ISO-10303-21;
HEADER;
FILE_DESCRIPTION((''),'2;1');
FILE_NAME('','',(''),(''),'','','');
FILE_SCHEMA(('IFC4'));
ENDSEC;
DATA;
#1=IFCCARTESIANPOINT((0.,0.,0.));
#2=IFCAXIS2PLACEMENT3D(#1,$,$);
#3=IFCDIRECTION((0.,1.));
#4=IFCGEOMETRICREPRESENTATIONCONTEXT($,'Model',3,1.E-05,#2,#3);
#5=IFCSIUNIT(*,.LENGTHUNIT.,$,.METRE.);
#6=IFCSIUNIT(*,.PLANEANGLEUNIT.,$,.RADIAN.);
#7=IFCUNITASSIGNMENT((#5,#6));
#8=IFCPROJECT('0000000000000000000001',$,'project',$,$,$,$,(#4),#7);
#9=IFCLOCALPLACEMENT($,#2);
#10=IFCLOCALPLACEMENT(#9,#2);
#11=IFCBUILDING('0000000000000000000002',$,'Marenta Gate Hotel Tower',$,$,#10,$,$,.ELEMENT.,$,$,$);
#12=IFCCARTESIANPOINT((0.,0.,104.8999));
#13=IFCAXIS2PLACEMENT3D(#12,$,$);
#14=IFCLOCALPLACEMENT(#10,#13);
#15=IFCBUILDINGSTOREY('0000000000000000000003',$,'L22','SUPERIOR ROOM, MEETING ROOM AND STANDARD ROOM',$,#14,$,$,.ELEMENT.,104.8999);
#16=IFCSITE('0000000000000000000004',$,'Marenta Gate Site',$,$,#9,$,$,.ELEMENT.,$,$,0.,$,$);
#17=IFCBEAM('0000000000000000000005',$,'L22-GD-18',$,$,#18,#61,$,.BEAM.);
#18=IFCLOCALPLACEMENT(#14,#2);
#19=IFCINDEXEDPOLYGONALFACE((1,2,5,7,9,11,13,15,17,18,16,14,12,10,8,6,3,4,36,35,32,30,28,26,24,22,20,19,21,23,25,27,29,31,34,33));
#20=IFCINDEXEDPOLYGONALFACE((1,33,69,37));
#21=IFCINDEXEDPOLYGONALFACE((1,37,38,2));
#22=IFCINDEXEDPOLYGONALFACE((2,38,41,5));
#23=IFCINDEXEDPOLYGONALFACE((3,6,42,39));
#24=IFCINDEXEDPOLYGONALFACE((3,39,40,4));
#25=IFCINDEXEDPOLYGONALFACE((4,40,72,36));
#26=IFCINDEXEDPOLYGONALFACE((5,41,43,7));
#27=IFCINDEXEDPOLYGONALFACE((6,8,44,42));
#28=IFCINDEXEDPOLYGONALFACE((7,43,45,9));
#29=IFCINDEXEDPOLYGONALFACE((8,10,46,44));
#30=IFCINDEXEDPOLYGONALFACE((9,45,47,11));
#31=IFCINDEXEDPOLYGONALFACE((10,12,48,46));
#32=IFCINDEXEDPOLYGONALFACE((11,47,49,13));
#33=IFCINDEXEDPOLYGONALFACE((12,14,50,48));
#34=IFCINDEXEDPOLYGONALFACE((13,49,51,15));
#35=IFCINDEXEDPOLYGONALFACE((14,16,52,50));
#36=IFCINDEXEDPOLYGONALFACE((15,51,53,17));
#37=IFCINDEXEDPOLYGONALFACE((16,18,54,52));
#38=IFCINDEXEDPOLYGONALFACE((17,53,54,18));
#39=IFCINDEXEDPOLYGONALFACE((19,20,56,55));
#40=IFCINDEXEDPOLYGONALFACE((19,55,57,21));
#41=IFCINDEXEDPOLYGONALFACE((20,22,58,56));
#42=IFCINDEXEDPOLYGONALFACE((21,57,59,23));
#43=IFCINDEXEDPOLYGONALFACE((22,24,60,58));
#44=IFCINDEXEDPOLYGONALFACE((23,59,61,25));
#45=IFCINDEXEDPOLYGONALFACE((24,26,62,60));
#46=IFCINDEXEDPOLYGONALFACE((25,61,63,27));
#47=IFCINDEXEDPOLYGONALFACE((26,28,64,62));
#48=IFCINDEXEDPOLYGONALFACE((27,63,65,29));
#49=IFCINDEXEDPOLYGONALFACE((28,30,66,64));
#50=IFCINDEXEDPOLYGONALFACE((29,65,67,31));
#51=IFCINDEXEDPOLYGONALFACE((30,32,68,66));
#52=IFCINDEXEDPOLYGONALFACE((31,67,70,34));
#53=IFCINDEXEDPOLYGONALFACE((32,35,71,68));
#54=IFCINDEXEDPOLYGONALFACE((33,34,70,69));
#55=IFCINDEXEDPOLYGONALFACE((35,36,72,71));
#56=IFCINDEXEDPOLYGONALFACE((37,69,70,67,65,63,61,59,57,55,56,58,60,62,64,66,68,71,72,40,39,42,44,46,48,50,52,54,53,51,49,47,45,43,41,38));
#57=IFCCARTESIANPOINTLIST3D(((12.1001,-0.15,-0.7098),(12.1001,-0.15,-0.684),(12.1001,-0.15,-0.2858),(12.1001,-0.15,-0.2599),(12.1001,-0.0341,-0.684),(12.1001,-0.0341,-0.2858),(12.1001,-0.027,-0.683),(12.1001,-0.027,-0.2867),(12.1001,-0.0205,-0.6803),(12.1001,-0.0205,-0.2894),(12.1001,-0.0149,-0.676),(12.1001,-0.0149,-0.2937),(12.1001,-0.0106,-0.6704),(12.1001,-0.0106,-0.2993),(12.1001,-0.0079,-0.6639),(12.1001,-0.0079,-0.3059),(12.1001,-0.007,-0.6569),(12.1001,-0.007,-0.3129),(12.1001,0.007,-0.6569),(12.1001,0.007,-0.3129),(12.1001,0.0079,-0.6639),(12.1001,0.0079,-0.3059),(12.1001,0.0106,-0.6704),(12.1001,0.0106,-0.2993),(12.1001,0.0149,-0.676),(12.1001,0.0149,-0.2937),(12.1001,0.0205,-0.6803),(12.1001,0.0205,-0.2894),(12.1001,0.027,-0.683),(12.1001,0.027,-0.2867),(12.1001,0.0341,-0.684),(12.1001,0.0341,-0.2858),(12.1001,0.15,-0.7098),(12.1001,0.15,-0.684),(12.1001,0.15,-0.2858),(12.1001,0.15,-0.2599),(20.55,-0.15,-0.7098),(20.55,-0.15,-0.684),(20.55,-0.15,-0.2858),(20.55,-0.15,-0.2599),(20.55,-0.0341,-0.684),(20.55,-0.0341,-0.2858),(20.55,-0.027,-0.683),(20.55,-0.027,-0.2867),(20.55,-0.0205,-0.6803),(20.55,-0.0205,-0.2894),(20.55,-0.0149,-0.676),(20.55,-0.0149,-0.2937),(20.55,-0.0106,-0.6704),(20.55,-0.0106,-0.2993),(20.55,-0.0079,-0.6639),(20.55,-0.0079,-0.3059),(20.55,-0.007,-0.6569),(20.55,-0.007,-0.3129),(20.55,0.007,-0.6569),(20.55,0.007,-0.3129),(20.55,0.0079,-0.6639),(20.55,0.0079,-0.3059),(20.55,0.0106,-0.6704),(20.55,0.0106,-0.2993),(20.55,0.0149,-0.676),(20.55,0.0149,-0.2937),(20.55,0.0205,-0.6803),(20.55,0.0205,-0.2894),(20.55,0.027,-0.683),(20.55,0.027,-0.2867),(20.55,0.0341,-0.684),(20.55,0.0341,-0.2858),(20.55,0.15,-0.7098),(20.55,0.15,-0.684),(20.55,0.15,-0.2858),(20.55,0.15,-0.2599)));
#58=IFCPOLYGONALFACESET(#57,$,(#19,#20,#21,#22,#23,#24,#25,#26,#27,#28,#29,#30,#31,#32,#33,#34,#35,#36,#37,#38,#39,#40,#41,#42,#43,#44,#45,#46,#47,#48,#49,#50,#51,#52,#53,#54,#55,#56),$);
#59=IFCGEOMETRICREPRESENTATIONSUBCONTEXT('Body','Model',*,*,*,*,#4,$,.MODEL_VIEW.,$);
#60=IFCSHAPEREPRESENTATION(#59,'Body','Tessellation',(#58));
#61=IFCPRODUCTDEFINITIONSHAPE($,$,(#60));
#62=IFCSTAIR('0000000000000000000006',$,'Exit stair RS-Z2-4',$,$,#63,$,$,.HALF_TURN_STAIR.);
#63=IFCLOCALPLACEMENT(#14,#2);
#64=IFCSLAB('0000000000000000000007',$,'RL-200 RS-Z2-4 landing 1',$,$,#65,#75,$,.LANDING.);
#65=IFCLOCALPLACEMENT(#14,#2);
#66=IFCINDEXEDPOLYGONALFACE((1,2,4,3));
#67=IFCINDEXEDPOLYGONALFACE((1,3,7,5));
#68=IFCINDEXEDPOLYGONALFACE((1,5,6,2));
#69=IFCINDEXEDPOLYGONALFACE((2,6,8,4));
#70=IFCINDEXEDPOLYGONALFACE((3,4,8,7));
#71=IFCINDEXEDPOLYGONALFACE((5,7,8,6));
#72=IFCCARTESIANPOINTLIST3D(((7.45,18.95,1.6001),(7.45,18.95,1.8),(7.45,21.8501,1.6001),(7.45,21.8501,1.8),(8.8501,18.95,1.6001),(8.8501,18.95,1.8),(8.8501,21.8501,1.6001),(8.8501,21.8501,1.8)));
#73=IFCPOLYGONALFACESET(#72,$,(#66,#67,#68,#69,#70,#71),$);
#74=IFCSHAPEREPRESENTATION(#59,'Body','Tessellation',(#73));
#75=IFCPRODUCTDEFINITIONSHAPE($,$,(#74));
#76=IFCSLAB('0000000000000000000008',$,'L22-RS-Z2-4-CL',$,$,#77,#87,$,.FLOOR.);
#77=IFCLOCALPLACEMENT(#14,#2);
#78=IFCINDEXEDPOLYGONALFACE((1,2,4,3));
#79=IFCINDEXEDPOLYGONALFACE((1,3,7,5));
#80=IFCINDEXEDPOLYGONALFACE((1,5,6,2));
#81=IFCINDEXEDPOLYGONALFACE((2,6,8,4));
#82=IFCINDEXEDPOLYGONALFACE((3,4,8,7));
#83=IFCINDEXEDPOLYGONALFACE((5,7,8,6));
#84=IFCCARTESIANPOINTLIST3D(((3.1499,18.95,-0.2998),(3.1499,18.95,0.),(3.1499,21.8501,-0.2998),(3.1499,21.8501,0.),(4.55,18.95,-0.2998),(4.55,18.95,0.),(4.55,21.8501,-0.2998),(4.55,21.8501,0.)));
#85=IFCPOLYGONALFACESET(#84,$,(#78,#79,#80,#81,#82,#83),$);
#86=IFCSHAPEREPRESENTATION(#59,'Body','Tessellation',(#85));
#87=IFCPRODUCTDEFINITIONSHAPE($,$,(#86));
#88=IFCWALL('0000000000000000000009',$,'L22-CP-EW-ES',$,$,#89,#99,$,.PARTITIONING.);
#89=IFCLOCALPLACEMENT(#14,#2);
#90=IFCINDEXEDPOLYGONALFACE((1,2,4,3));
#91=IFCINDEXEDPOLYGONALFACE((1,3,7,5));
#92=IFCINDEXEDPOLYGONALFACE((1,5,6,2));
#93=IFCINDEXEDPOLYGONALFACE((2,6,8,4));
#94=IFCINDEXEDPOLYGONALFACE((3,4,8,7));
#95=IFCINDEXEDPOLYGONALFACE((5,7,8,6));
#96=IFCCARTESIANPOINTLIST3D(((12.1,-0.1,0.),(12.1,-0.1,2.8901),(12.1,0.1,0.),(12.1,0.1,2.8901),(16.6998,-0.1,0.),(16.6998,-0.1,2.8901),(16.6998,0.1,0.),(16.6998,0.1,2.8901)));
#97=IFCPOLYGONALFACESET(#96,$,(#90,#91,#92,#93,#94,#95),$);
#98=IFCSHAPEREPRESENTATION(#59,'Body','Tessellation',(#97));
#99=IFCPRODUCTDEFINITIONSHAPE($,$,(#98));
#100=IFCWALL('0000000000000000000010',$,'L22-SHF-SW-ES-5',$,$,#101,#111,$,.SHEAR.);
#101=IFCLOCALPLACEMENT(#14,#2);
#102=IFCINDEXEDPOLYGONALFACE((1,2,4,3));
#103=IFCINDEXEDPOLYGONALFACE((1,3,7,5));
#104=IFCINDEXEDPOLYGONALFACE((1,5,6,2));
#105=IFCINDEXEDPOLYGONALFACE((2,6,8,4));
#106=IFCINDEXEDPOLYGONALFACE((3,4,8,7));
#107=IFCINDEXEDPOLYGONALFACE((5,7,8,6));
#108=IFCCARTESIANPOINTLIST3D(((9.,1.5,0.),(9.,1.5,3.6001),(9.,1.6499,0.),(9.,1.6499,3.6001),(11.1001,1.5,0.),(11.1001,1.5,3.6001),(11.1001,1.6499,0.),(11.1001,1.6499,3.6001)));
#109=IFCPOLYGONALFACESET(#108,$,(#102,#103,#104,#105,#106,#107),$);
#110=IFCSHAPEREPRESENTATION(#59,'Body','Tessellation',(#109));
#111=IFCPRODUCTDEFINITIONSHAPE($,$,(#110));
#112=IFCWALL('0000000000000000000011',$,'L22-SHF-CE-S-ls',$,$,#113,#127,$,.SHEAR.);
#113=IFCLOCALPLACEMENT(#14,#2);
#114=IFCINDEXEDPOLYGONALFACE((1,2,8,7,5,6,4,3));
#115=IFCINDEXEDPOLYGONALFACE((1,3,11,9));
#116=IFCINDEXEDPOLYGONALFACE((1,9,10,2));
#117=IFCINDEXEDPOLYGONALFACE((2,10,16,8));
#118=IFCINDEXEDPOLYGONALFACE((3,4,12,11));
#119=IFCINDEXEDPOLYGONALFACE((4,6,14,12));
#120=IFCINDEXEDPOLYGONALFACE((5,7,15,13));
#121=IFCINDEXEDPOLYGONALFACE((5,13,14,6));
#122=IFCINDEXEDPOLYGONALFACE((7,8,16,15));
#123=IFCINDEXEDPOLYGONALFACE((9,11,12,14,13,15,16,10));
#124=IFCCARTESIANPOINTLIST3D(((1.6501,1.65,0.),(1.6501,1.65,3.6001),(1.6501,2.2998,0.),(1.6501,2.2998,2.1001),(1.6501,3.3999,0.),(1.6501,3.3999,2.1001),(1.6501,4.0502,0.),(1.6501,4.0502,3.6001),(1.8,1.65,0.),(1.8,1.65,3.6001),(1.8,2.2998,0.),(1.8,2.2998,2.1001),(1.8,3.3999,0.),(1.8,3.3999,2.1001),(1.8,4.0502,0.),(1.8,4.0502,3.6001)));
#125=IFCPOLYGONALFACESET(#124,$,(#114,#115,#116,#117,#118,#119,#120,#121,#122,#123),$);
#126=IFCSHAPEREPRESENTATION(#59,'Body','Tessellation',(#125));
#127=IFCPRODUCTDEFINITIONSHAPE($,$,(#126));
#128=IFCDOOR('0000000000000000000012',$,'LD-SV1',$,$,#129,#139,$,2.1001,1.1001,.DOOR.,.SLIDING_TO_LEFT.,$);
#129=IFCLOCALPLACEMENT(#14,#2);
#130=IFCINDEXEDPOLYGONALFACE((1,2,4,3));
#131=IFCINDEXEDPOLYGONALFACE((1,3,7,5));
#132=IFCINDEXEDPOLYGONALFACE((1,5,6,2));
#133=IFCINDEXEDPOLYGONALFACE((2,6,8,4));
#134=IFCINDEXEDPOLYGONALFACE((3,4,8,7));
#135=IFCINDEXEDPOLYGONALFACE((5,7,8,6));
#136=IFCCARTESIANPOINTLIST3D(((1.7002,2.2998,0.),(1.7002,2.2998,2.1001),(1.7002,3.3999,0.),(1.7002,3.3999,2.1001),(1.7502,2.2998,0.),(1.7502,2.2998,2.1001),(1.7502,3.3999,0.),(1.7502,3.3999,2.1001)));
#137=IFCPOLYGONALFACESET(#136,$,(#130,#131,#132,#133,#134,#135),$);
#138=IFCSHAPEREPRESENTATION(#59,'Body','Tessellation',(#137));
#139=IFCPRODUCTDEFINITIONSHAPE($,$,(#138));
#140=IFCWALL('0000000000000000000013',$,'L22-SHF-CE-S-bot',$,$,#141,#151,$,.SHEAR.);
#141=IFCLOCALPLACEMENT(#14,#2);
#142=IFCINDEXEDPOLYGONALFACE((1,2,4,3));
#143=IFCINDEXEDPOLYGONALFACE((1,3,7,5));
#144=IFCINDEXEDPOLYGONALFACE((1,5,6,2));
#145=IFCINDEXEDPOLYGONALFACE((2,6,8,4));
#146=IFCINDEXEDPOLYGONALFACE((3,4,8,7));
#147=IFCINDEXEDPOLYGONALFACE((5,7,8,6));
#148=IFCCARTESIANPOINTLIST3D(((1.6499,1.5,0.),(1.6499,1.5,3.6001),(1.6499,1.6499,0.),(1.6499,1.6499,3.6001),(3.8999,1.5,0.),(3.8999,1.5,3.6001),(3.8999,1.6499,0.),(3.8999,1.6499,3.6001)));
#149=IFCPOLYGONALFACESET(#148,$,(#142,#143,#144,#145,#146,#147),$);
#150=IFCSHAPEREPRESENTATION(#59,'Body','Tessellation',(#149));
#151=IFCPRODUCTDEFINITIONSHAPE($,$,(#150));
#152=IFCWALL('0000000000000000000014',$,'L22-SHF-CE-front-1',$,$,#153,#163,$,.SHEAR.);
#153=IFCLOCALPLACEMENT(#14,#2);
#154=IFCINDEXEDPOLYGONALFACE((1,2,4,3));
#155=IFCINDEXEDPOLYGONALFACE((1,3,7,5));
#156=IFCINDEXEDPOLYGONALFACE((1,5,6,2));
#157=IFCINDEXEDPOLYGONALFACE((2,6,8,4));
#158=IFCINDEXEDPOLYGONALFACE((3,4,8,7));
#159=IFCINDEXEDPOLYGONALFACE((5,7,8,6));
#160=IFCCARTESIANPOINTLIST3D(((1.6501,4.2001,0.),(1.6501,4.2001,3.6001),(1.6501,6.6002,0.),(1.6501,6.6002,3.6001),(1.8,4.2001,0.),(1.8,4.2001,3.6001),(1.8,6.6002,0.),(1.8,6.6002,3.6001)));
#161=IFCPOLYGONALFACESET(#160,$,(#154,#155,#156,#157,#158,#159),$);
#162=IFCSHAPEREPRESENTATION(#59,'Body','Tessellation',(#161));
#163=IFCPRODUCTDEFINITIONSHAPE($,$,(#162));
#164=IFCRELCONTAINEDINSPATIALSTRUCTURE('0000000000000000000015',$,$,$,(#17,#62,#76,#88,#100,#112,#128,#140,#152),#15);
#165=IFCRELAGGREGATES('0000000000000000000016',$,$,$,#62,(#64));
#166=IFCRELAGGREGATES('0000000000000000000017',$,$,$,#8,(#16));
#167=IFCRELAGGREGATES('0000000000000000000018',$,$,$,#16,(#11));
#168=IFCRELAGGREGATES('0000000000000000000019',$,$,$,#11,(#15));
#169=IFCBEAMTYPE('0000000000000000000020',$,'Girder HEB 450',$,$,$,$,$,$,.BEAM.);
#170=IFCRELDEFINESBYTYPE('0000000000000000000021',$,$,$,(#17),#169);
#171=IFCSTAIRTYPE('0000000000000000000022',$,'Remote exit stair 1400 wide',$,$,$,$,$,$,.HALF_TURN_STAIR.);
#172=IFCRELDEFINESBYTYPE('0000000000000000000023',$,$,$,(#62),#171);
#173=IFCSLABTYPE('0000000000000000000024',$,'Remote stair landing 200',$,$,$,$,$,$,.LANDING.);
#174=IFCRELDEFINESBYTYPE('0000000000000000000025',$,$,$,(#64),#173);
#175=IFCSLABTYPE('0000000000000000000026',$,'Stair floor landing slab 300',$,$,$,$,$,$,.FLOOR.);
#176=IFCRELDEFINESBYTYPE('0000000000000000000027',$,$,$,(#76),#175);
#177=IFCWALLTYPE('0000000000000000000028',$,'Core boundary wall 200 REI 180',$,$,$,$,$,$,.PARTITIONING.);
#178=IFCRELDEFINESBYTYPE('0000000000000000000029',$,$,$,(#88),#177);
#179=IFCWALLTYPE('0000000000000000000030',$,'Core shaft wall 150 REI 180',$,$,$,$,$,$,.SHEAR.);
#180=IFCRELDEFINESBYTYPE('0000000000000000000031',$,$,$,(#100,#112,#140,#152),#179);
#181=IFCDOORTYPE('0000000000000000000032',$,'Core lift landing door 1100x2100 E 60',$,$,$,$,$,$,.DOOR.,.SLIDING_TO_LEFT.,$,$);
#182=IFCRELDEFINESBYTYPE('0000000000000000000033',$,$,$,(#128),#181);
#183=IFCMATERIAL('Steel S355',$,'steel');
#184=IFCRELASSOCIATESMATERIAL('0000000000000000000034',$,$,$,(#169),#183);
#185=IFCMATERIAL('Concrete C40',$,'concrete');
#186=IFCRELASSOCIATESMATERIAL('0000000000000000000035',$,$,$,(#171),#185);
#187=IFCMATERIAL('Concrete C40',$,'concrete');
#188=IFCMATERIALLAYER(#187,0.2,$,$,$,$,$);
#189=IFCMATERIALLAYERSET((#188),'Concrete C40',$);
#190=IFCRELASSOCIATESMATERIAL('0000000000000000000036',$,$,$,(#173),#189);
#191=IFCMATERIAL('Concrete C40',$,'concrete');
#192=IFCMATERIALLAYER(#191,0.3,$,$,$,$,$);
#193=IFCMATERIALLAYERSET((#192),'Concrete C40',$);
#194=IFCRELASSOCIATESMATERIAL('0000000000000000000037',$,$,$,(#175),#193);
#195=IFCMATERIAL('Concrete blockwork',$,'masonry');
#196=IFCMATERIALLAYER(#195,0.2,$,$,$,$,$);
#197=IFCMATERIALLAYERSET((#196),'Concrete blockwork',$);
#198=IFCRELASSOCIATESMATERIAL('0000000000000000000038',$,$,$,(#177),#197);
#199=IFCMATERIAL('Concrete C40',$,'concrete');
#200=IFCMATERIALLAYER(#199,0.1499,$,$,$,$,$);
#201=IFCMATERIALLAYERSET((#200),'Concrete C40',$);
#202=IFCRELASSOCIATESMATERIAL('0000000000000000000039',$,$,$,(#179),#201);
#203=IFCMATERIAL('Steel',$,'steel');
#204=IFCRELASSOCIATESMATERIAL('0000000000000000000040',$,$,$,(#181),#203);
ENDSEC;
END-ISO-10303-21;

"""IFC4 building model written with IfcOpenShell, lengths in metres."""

from ifc_helpers import new_model, si_unit, direction, frame, frame_2d, origin, origin_2d, place, context, subcontext, project, spatial, polyline, rectangle, i_section, outline, extrude, material, layer, layer_set, material_profile, profile_set, type_object, element, fill, aggregate, save


model = new_model("IFC4")

# Units and contexts
model_context = context("Model", 3, precision=1e-05, world=origin(), true_north=direction((0.0, 1.0)))
body_context = subcontext(model_context, "Body", "Model", "MODEL_VIEW")
ifc_project = project(units=[si_unit("LENGTHUNIT", "METRE"), si_unit("PLANEANGLEUNIT", "RADIAN")], contexts=[model_context])

# Site, building, storey
site_placement = place(None, origin())
site = spatial("IfcSite", under=ifc_project, at=site_placement, Name="Marenta Gate Site", CompositionType="ELEMENT", RefElevation=0.0)
building_placement = place(site_placement, origin())
building = spatial("IfcBuilding", under=site, at=building_placement, Name="Marenta Gate Hotel Tower", CompositionType="ELEMENT")
storey_placement = place(building_placement, frame((0.0, 0.0, 104.8999)))
storey = spatial("IfcBuildingStorey", under=building, at=storey_placement, Name="L22", Description="SUPERIOR ROOM, MEETING ROOM AND STANDARD ROOM", CompositionType="ELEMENT", Elevation=104.8999)

# Beam
ifc_material_1 = material(Name="Steel S355", Category="steel")
ifc_material_profile = material_profile(ifc_material_1, i_section(OverallWidth=0.3, OverallDepth=0.45, WebThickness=0.0139, FlangeThickness=0.0259, FilletRadius=0.0271, at=origin_2d()), Name="HEB 450")
ifc_profile_set = profile_set([ifc_material_profile], Name="Steel S355")
beam_type = type_object("IfcBeamType", Name="Girder HEB 450", PredefinedType="BEAM", material=ifc_profile_set)
beam_placement = place(storey_placement, frame((12.1001, 0.0, -0.4849), z_axis=(1.0, 0.0, 0.0), x_axis=(0.0, 1.0, 0.0)))
element("IfcBeam", 1, at=beam_placement, inside=storey, type_object=beam_type, Name="L22-GD-18", PredefinedType="BEAM", context=body_context, shape_type="SweptSolid", body=[
    extrude(i_section(OverallWidth=0.3, OverallDepth=0.45, WebThickness=0.0139, FlangeThickness=0.0259, FilletRadius=0.0271, at=origin_2d()), origin(), (0.0, 0.0, 1.0), 8.45),
])

# Stair, slab
ifc_material_2 = material(Name="Concrete C40", Category="concrete")
stair_type_1 = type_object("IfcStairType", Name="Remote exit stair 1400 wide", PredefinedType="HALF_TURN_STAIR", material=ifc_material_2)
stair_1_placement = place(storey_placement, origin())
stair_1 = element("IfcStair", 2, at=stair_1_placement, inside=storey, type_object=stair_type_1, Name="Exit stair RS-Z2-4", PredefinedType="HALF_TURN_STAIR")
ifc_material_3 = material(Name="Concrete C40", Category="concrete")
ifc_layer_1 = layer(ifc_material_3, 0.2)
ifc_layer_set_1 = layer_set([ifc_layer_1], Name="Concrete C40")
slab_type_1 = type_object("IfcSlabType", Name="Remote stair landing 200", PredefinedType="LANDING", material=ifc_layer_set_1)
slab_1_placement = place(storey_placement, frame((0.0, 0.0, 1.6001)))
slab_1 = element("IfcSlab", 3, at=slab_1_placement, type_object=slab_type_1, Name="RL-200 RS-Z2-4 landing 1", PredefinedType="LANDING", context=body_context, shape_type="SweptSolid", body=[
    extrude(outline(polyline([(7.45, 18.95), (8.8501, 18.95), (8.8501, 21.8501), (7.45, 21.8501), (7.45, 18.95)])), origin(), (0.0, 0.0, 1.0), 0.2),
])
aggregate(stair_1, [slab_1])

# Slab
ifc_material_4 = material(Name="Concrete C40", Category="concrete")
ifc_layer_2 = layer(ifc_material_4, 0.3)
ifc_layer_set_2 = layer_set([ifc_layer_2], Name="Concrete C40")
slab_type_2 = type_object("IfcSlabType", Name="Stair floor landing slab 300", PredefinedType="FLOOR", material=ifc_layer_set_2)
slab_2_placement = place(storey_placement, frame((0.0, 0.0, -0.2998)))
element("IfcSlab", 4, at=slab_2_placement, inside=storey, type_object=slab_type_2, Name="L22-RS-Z2-4-CL", PredefinedType="FLOOR", context=body_context, shape_type="SweptSolid", body=[
    extrude(outline(polyline([(4.55, 18.95), (4.55, 21.8501), (3.1499, 21.8501), (3.1499, 18.95), (4.55, 18.95)])), origin(), (0.0, 0.0, 1.0), 0.2998),
])

# Walls
ifc_material_5 = material(Name="Concrete blockwork", Category="masonry")
ifc_layer_3 = layer(ifc_material_5, 0.2)
ifc_layer_set_3 = layer_set([ifc_layer_3], Name="Concrete blockwork")
wall_type_1 = type_object("IfcWallType", Name="Core boundary wall 200 REI 180", PredefinedType="PARTITIONING", material=ifc_layer_set_3)
wall_1_placement = place(storey_placement, frame((12.1001, 0.0, 0.0), z_axis=(0.0, 0.0, 1.0), x_axis=(1.0, 0.0, 0.0)))
element("IfcWall", 5, at=wall_1_placement, inside=storey, type_object=wall_type_1, Name="L22-CP-EW-ES", PredefinedType="PARTITIONING", context=body_context, shape_type="SweptSolid", body=[
    extrude(rectangle(XDim=4.5999, YDim=0.2, at=frame_2d((2.2998, 0.0))), origin(), (0.0, 0.0, 1.0), 2.8901),
])
ifc_material_6 = material(Name="Concrete C40", Category="concrete")
ifc_layer_4 = layer(ifc_material_6, 0.1499)
ifc_layer_set_4 = layer_set([ifc_layer_4], Name="Concrete C40")
wall_type_2 = type_object("IfcWallType", Name="Core shaft wall 150 REI 180", PredefinedType="SHEAR", material=ifc_layer_set_4)
wall_2_placement = place(storey_placement, frame((9.0, 1.575, 0.0), z_axis=(0.0, 0.0, 1.0), x_axis=(1.0, 0.0, 0.0)))
element("IfcWall", 6, at=wall_2_placement, inside=storey, type_object=wall_type_2, Name="L22-SHF-SW-ES-5", PredefinedType="SHEAR", context=body_context, shape_type="SweptSolid", body=[
    extrude(rectangle(XDim=2.1001, YDim=0.1499, at=frame_2d((1.05, 0.0))), origin(), (0.0, 0.0, 1.0), 3.6001),
])

# Wall, opening, door
wall_3_placement = place(storey_placement, frame((1.7251, 1.6499, 0.0), z_axis=(0.0, 0.0, 1.0), x_axis=(0.0, 1.0, 0.0)))
wall_3 = element("IfcWall", 7, at=wall_3_placement, inside=storey, type_object=wall_type_2, Name="L22-SHF-CE-S-ls", PredefinedType="SHEAR", context=body_context, shape_type="SweptSolid", body=[
    extrude(rectangle(XDim=2.4001, YDim=0.1499, at=frame_2d((1.2002, 0.0))), origin(), (0.0, 0.0, 1.0), 3.6001),
])
opening_1_placement = place(wall_3_placement, frame((0.6499, 0.0, 0.0)))
opening_1 = element("IfcOpeningElement", 8, at=opening_1_placement, cuts=wall_3, PredefinedType="OPENING", context=body_context, shape_type="SweptSolid", body=[
    extrude(rectangle(XDim=1.1001, YDim=2.1001, at=frame_2d((0.55, 1.05))), frame((0.0, 0.075, 0.0), z_axis=(0.0, -1.0, 0.0), x_axis=(1.0, 0.0, 0.0)), (0.0, 0.0, 1.0), 0.1499),
])
ifc_material_7 = material(Name="Steel", Category="steel")
door_type_1 = type_object("IfcDoorType", Name="Core lift landing door 1100x2100 E 60", OperationType="SLIDING_TO_LEFT", PredefinedType="DOOR", material=ifc_material_7)
door_1_placement = place(opening_1_placement, origin())
door_1 = element("IfcDoor", 9, at=door_1_placement, inside=storey, type_object=door_type_1, Name="LD-SV1", OperationType="SLIDING_TO_LEFT", OverallHeight=2.1001, OverallWidth=1.1001, PredefinedType="DOOR", context=body_context, shape_type="SweptSolid", body=[
    extrude(rectangle(XDim=1.1001, YDim=2.1001, at=frame_2d((0.55, 1.05))), frame((0.0, 0.0249, 0.0), z_axis=(0.0, -1.0, 0.0), x_axis=(1.0, 0.0, 0.0)), (0.0, 0.0, 1.0), 0.05),
])
fill(opening_1, door_1)

# Walls
wall_4_placement = place(storey_placement, frame((1.6499, 1.575, 0.0), z_axis=(0.0, 0.0, 1.0), x_axis=(1.0, 0.0, 0.0)))
element("IfcWall", 10, at=wall_4_placement, inside=storey, type_object=wall_type_2, Name="L22-SHF-CE-S-bot", PredefinedType="SHEAR", context=body_context, shape_type="SweptSolid", body=[
    extrude(rectangle(XDim=2.25, YDim=0.1499, at=frame_2d((1.125, 0.0))), origin(), (0.0, 0.0, 1.0), 3.6001),
])
wall_5_placement = place(storey_placement, frame((1.7251, 4.2, 0.0), z_axis=(0.0, 0.0, 1.0), x_axis=(0.0, 1.0, 0.0)))
element("IfcWall", 11, at=wall_5_placement, inside=storey, type_object=wall_type_2, Name="L22-SHF-CE-front-1", PredefinedType="SHEAR", context=body_context, shape_type="SweptSolid", body=[
    extrude(rectangle(XDim=2.4001, YDim=0.1499, at=frame_2d((1.2002, 0.0))), origin(), (0.0, 0.0, 1.0), 3.6001),
])

save(model, "model.ifc")
